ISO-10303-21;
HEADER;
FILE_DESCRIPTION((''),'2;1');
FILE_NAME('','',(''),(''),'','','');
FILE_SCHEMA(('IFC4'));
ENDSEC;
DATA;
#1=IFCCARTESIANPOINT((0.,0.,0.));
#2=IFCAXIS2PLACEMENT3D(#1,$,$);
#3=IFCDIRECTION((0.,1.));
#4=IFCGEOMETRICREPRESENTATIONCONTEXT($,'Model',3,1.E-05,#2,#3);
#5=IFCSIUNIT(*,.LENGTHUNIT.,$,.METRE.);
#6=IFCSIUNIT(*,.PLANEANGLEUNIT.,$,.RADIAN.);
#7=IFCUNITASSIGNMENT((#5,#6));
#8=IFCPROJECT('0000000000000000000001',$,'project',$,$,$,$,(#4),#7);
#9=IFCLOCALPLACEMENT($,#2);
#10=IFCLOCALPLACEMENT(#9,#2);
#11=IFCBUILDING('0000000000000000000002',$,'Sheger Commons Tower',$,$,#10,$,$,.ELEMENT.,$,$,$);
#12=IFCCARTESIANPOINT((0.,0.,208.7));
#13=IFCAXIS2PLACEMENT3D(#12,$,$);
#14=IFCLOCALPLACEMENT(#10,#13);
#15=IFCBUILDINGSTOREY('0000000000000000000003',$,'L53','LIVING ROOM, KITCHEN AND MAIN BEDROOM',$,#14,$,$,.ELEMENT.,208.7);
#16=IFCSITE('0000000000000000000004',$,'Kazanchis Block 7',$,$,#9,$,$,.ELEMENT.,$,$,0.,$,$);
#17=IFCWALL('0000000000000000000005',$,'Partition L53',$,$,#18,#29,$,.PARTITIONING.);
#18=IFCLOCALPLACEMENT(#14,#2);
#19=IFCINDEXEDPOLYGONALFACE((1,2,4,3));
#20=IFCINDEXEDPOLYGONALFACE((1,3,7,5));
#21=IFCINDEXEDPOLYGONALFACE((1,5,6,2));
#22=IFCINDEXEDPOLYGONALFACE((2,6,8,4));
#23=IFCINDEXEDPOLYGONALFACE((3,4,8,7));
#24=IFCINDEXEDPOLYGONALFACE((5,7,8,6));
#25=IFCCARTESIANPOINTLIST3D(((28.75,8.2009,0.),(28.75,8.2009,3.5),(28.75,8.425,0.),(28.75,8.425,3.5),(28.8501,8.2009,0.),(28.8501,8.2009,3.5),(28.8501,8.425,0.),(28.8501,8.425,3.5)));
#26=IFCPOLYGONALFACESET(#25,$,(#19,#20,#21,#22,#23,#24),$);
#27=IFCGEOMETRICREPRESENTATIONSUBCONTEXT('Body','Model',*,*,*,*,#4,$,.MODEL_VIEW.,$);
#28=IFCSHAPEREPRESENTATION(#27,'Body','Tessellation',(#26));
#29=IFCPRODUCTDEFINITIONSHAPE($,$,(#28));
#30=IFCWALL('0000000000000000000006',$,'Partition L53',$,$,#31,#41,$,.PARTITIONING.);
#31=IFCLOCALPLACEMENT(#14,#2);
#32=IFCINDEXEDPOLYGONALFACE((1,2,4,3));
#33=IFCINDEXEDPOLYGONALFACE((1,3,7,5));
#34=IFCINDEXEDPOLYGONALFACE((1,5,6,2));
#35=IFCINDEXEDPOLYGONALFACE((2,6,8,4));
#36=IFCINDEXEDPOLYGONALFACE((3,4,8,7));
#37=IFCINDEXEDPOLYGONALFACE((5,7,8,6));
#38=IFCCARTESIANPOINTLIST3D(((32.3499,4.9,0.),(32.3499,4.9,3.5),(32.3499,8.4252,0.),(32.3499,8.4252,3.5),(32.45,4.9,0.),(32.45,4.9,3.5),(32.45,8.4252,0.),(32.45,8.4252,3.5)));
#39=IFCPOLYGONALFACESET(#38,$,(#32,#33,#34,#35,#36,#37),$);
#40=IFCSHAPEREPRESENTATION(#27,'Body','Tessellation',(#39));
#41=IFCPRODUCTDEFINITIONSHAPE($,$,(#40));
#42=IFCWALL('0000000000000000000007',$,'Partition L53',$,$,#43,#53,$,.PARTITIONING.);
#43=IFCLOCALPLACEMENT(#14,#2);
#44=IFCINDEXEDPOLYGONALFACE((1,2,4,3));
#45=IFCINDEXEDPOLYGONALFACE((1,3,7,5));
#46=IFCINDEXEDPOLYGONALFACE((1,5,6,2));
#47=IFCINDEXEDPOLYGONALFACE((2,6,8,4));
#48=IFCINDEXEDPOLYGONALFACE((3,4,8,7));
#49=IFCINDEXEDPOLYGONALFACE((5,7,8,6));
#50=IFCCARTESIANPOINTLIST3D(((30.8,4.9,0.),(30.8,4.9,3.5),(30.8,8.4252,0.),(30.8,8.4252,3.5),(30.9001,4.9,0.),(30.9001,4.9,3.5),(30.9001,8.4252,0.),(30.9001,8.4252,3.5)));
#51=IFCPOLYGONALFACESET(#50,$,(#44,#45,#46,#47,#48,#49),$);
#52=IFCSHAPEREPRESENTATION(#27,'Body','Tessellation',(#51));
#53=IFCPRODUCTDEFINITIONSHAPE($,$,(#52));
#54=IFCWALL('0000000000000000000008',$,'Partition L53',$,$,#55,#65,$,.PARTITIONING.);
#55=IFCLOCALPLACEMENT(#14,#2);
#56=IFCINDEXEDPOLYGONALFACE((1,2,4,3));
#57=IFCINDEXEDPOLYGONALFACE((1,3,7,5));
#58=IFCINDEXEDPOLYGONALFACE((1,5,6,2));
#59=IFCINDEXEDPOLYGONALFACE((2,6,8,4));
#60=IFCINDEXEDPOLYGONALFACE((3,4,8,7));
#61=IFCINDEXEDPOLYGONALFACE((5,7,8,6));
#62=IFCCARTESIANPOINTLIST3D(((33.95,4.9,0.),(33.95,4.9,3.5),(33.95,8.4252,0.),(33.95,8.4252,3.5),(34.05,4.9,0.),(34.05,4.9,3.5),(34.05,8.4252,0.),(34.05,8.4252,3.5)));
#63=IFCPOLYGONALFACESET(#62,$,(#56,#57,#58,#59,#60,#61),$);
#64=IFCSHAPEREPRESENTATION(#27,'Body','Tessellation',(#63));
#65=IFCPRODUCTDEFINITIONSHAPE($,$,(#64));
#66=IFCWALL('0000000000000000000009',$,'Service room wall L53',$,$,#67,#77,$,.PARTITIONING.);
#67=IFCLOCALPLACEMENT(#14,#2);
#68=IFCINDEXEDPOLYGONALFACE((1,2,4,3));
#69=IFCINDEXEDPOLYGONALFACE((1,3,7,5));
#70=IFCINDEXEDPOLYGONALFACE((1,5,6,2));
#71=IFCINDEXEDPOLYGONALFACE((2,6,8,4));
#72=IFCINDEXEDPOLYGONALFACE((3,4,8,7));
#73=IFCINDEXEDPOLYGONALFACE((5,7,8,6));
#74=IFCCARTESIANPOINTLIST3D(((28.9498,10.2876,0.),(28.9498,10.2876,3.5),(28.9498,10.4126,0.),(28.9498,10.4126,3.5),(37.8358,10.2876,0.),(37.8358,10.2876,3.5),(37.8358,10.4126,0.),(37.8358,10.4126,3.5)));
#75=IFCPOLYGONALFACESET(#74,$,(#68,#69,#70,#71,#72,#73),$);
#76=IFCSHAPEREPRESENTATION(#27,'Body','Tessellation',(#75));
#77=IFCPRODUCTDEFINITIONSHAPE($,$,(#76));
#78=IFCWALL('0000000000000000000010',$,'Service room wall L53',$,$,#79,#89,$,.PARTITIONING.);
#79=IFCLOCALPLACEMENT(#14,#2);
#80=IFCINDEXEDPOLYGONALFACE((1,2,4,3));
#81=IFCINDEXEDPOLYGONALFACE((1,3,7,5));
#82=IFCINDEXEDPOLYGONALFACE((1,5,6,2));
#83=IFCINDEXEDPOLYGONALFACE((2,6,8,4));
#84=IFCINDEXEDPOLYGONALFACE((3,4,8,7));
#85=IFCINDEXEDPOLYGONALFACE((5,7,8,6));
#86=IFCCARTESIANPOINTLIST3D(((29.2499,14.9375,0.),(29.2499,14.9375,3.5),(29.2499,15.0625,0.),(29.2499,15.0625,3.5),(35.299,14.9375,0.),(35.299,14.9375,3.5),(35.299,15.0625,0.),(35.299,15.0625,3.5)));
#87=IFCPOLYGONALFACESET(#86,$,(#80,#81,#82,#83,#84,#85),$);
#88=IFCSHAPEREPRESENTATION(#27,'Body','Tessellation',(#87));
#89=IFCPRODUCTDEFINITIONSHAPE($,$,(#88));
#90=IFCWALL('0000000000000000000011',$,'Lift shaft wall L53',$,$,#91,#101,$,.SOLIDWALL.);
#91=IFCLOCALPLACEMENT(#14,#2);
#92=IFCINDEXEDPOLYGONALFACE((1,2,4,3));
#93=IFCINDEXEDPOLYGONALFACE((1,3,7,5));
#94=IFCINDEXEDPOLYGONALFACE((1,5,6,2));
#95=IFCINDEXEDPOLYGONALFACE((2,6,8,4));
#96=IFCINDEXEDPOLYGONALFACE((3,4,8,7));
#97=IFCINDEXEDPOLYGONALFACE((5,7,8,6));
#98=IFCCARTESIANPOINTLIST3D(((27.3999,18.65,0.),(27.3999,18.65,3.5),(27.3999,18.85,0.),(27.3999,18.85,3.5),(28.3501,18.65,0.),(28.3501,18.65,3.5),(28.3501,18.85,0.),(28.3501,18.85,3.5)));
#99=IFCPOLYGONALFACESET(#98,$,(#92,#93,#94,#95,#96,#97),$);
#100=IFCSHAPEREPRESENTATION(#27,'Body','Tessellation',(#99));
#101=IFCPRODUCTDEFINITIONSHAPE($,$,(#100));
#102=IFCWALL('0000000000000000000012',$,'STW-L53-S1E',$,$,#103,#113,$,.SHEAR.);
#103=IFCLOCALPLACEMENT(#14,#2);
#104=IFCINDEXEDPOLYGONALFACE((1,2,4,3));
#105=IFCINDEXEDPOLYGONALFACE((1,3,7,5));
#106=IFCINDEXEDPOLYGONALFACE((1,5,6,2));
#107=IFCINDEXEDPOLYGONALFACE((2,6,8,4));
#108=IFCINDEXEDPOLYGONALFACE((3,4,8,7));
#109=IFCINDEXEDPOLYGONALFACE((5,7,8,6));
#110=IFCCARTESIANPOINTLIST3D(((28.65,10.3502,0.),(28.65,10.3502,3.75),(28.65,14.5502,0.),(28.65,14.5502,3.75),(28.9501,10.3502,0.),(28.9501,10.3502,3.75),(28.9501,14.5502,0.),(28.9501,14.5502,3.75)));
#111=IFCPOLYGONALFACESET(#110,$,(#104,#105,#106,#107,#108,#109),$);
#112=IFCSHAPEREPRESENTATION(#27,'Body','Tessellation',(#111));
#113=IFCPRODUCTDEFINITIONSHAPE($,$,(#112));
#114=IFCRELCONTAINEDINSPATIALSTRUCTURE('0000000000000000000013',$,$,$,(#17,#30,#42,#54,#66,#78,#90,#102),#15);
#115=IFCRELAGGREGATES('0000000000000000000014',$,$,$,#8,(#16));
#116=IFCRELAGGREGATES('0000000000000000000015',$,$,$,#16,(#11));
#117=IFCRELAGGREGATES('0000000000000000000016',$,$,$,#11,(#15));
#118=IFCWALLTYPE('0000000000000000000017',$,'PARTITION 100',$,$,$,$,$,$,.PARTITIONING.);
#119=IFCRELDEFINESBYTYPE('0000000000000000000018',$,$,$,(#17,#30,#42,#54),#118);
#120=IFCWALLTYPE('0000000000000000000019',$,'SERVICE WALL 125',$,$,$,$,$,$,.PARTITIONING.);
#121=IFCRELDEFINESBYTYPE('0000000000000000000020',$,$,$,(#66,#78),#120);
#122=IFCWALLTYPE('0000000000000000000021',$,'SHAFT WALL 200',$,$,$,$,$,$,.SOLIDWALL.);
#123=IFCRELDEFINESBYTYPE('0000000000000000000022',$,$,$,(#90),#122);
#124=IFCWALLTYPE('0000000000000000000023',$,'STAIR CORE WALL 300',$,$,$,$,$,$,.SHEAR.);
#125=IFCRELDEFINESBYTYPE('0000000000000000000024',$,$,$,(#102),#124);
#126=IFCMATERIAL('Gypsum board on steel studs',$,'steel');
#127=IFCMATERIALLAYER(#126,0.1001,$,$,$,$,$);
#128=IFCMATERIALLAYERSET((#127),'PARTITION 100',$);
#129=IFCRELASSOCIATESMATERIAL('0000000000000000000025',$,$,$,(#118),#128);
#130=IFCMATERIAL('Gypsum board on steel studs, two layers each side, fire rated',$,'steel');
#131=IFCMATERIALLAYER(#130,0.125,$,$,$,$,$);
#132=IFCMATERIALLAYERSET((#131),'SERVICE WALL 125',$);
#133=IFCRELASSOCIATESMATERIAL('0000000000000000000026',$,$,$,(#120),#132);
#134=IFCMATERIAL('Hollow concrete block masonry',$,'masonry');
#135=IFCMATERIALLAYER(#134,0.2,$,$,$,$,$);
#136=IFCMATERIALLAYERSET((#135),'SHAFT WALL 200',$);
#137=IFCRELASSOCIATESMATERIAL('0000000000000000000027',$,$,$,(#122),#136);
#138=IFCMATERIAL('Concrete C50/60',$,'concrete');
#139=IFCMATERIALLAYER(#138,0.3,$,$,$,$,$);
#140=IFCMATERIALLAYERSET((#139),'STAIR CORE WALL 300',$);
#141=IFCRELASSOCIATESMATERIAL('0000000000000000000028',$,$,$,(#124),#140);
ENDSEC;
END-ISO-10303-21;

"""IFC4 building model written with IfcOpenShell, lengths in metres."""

from ifc_helpers import new_model, si_unit, direction, frame, frame_2d, origin, place, context, subcontext, project, spatial, rectangle, extrude, material, layer, layer_set, type_object, element, save


model = new_model("IFC4")

# Units and contexts
model_context = context("Model", 3, precision=1e-05, world=origin(), true_north=direction((0.0, 1.0)))
body_context = subcontext(model_context, "Body", "Model", "MODEL_VIEW")
ifc_project = project(units=[si_unit("LENGTHUNIT", "METRE"), si_unit("PLANEANGLEUNIT", "RADIAN")], contexts=[model_context])

# Site, building, storey
site_placement = place(None, origin())
site = spatial("IfcSite", under=ifc_project, at=site_placement, Name="Kazanchis Block 7", CompositionType="ELEMENT", RefElevation=0.0)
building_placement = place(site_placement, origin())
building = spatial("IfcBuilding", under=site, at=building_placement, Name="Sheger Commons Tower", CompositionType="ELEMENT")
storey_placement = place(building_placement, frame((0.0, 0.0, 208.7)))
storey = spatial("IfcBuildingStorey", under=building, at=storey_placement, Name="L53", Description="LIVING ROOM, KITCHEN AND MAIN BEDROOM", CompositionType="ELEMENT", Elevation=208.7)

# Shared definitions
ifc_material_1 = material(Name="Gypsum board on steel studs", Category="steel")
ifc_layer_1 = layer(ifc_material_1, 0.1001)
ifc_layer_set_1 = layer_set([ifc_layer_1], Name="PARTITION 100")
wall_type_1 = type_object("IfcWallType", Name="PARTITION 100", PredefinedType="PARTITIONING", material=ifc_layer_set_1)

# Walls
wall_1_placement = place(storey_placement, frame((28.8, 8.2009, 0.0), z_axis=(0.0, 0.0, 1.0), x_axis=(0.0, 1.0, 0.0)))
element("IfcWall", 1, at=wall_1_placement, inside=storey, type_object=wall_type_1, Name="Partition L53", PredefinedType="PARTITIONING", context=body_context, shape_type="SweptSolid", body=[
    extrude(rectangle(XDim=0.2241, YDim=0.1001, at=frame_2d((0.1121, 0.0))), origin(), (0.0, 0.0, 1.0), 3.5),
])
for number, where, z_axis, x_axis, name in (
    (2, (32.3999, 4.8999, 0.0), (0.0, 0.0, 1.0), (0.0, 1.0, 0.0), "Partition L53"),
    (3, (30.8501, 4.8999, 0.0), (0.0, 0.0, 1.0), (0.0, 1.0, 0.0), "Partition L53"),
    (4, (34.0, 4.8999, 0.0), (0.0, 0.0, 1.0), (0.0, 1.0, 0.0), "Partition L53"),
):
    element("IfcWall", number, at=place(storey_placement, frame(where, z_axis=z_axis, x_axis=x_axis)), inside=storey, type_object=wall_type_1, Name=name, PredefinedType="PARTITIONING", context=body_context, shape_type="SweptSolid", body=[
        extrude(rectangle(XDim=3.5251, YDim=0.1001, at=frame_2d((1.7627, 0.0))), origin(), (0.0, 0.0, 1.0), 3.5),
    ])
ifc_material_2 = material(Name="Gypsum board on steel studs, two layers each side, fire rated", Category="steel")
ifc_layer_2 = layer(ifc_material_2, 0.125)
ifc_layer_set_2 = layer_set([ifc_layer_2], Name="SERVICE WALL 125")
wall_type_2 = type_object("IfcWallType", Name="SERVICE WALL 125", PredefinedType="PARTITIONING", material=ifc_layer_set_2)
wall_2_placement = place(storey_placement, frame((28.95, 10.3501, 0.0), z_axis=(0.0, 0.0, 1.0), x_axis=(1.0, 0.0, 0.0)))
element("IfcWall", 5, at=wall_2_placement, inside=storey, type_object=wall_type_2, Name="Service room wall L53", PredefinedType="PARTITIONING", context=body_context, shape_type="SweptSolid", body=[
    extrude(rectangle(XDim=8.886, YDim=0.125, at=frame_2d((4.4429, 0.0))), origin(), (0.0, 0.0, 1.0), 3.5),
])
wall_3_placement = place(storey_placement, frame((29.25, 15.0, 0.0), z_axis=(0.0, 0.0, 1.0), x_axis=(1.0, 0.0, 0.0)))
element("IfcWall", 6, at=wall_3_placement, inside=storey, type_object=wall_type_2, Name="Service room wall L53", PredefinedType="PARTITIONING", context=body_context, shape_type="SweptSolid", body=[
    extrude(rectangle(XDim=6.0491, YDim=0.125, at=frame_2d((3.0244, 0.0))), origin(), (0.0, 0.0, 1.0), 3.5),
])
ifc_material_3 = material(Name="Hollow concrete block masonry", Category="masonry")
ifc_layer_3 = layer(ifc_material_3, 0.2)
ifc_layer_set_3 = layer_set([ifc_layer_3], Name="SHAFT WALL 200")
wall_type_3 = type_object("IfcWallType", Name="SHAFT WALL 200", PredefinedType="SOLIDWALL", material=ifc_layer_set_3)
wall_4_placement = place(storey_placement, frame((27.3999, 18.75, 0.0), z_axis=(0.0, 0.0, 1.0), x_axis=(1.0, 0.0, 0.0)))
element("IfcWall", 7, at=wall_4_placement, inside=storey, type_object=wall_type_3, Name="Lift shaft wall L53", PredefinedType="SOLIDWALL", context=body_context, shape_type="SweptSolid", body=[
    extrude(rectangle(XDim=0.9502, YDim=0.2, at=frame_2d((0.4751, 0.0))), origin(), (0.0, 0.0, 1.0), 3.5),
])
ifc_material_4 = material(Name="Concrete C50/60", Category="concrete")
ifc_layer_4 = layer(ifc_material_4, 0.3)
ifc_layer_set_4 = layer_set([ifc_layer_4], Name="STAIR CORE WALL 300")
wall_type_4 = type_object("IfcWallType", Name="STAIR CORE WALL 300", PredefinedType="SHEAR", material=ifc_layer_set_4)
wall_5_placement = place(storey_placement, frame((28.8, 10.3501, 0.0), z_axis=(0.0, 0.0, 1.0), x_axis=(0.0, 1.0, 0.0)))
element("IfcWall", 8, at=wall_5_placement, inside=storey, type_object=wall_type_4, Name="STW-L53-S1E", PredefinedType="SHEAR", context=body_context, shape_type="SweptSolid", body=[
    extrude(rectangle(XDim=4.2, YDim=0.3, at=frame_2d((2.1001, 0.0))), origin(), (0.0, 0.0, 1.0), 3.75),
])

save(model, "model.ifc")
